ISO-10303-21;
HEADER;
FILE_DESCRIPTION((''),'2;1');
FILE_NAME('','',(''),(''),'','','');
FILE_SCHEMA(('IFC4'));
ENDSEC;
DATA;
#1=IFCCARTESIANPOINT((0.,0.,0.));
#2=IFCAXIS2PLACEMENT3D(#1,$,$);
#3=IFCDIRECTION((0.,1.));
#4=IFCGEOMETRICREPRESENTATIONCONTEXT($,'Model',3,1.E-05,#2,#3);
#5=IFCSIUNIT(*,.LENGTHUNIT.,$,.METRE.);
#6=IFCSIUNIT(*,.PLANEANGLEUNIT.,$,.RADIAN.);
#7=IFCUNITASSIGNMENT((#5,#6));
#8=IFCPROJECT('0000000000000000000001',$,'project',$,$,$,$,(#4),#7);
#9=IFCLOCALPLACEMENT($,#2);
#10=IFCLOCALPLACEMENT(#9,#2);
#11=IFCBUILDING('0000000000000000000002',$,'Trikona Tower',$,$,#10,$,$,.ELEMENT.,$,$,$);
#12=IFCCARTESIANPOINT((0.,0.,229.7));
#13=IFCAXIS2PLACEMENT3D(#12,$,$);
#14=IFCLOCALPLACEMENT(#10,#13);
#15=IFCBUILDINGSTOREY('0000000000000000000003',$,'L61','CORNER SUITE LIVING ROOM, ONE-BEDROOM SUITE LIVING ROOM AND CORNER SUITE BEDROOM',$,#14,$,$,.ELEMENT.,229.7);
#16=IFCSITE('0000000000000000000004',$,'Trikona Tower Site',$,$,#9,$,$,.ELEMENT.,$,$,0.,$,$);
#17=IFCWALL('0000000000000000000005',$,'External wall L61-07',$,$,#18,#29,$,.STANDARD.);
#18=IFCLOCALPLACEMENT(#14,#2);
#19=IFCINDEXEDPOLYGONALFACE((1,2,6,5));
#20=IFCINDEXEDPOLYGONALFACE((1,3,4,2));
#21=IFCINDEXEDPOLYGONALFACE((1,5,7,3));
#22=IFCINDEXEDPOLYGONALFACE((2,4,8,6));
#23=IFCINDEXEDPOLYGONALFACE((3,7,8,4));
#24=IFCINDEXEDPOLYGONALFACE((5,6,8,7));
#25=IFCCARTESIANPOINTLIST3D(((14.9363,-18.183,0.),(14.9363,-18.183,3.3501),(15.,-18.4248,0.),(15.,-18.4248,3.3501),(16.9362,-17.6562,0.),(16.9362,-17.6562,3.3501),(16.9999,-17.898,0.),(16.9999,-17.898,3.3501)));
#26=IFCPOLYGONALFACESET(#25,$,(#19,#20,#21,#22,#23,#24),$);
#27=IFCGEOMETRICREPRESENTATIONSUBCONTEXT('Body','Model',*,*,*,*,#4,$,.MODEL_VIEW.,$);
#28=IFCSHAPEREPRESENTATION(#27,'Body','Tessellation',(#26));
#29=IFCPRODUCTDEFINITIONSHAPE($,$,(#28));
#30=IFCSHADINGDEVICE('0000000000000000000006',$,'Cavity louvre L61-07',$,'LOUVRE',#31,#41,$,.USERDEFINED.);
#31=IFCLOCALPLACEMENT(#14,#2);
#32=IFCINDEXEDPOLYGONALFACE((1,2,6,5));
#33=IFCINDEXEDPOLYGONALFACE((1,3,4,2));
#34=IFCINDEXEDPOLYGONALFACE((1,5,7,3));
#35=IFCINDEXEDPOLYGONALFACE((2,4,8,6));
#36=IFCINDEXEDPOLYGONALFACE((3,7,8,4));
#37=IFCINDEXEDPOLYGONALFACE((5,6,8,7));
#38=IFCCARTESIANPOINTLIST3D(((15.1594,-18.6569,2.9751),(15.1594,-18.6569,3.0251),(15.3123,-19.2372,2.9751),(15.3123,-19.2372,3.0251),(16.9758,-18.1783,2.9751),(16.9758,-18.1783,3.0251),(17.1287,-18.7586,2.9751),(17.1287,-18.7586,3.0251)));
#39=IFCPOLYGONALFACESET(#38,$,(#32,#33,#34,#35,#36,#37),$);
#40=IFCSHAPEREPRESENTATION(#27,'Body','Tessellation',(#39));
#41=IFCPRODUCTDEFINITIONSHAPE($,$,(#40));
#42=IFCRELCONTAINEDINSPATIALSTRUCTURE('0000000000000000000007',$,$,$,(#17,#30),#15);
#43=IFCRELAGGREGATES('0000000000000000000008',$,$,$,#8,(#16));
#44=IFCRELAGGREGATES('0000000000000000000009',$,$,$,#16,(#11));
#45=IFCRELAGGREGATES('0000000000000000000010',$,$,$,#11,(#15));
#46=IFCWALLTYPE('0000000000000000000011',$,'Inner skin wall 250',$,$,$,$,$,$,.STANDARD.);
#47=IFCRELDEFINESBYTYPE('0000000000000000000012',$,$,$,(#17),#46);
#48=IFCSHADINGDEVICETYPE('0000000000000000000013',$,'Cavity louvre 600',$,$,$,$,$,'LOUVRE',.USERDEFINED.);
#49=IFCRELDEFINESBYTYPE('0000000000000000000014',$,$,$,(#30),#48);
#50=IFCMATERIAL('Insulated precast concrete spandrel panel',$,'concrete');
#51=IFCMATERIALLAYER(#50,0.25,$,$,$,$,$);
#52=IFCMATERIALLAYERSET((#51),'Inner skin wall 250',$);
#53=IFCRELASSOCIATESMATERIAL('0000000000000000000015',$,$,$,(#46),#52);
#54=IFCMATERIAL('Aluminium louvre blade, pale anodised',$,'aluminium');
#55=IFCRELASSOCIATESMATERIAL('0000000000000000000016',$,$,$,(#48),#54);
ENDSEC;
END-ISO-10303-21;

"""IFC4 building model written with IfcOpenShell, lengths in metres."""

from ifc_helpers import new_model, si_unit, direction, frame, frame_2d, origin, origin_2d, place, context, subcontext, project, spatial, rectangle, extrude, material, layer, layer_set, type_object, element, save


model = new_model("IFC4")

# Units and contexts
model_context = context("Model", 3, precision=1e-05, world=origin(), true_north=direction((0.0, 1.0)))
body_context = subcontext(model_context, "Body", "Model", "MODEL_VIEW")
ifc_project = project(units=[si_unit("LENGTHUNIT", "METRE"), si_unit("PLANEANGLEUNIT", "RADIAN")], contexts=[model_context])

# Site, building, storey
site_placement = place(None, origin())
site = spatial("IfcSite", under=ifc_project, at=site_placement, Name="Trikona Tower Site", CompositionType="ELEMENT", RefElevation=0.0)
building_placement = place(site_placement, origin())
building = spatial("IfcBuilding", under=site, at=building_placement, Name="Trikona Tower", CompositionType="ELEMENT")
storey_placement = place(building_placement, frame((0.0, 0.0, 229.7)))
storey = spatial("IfcBuildingStorey", under=building, at=storey_placement, Name="L61", Description="CORNER SUITE LIVING ROOM, ONE-BEDROOM SUITE LIVING ROOM AND CORNER SUITE BEDROOM", CompositionType="ELEMENT", Elevation=229.7)

# Wall
ifc_material_1 = material(Name="Insulated precast concrete spandrel panel", Category="concrete")
ifc_layer_1 = layer(ifc_material_1, 0.25)
ifc_layer_set_1 = layer_set([ifc_layer_1], Name="Inner skin wall 250")
wall_type_1 = type_object("IfcWallType", Name="Inner skin wall 250", PredefinedType="STANDARD", material=ifc_layer_set_1)
wall_1_placement = place(storey_placement, frame((14.968, -18.304, 0.0), z_axis=(0.0, 0.0, 1.0), x_axis=(0.96701, 0.254737, 0.0)))
element("IfcWall", 1, at=wall_1_placement, inside=storey, type_object=wall_type_1, Name="External wall L61-07", PredefinedType="STANDARD", context=body_context, shape_type="SweptSolid", body=[
    extrude(rectangle(XDim=2.0681, YDim=0.25, at=frame_2d((1.0342, 0.0))), origin(), (0.0, 0.0, 1.0), 3.3501),
])

# Shading device
ifc_material_2 = material(Name="Aluminium louvre blade, pale anodised", Category="aluminium")
shading_device_type = type_object("IfcShadingDeviceType", Name="Cavity louvre 600", ElementType="LOUVRE", PredefinedType="USERDEFINED", material=ifc_material_2)
shading_device_placement = place(storey_placement, frame((16.144, -18.7078, 2.9751), z_axis=(0.0, 0.0, 1.0), x_axis=(0.966993, 0.254803, 0.0)))
element("IfcShadingDevice", 2, at=shading_device_placement, inside=storey, type_object=shading_device_type, Name="Cavity louvre L61-07", ObjectType="LOUVRE", PredefinedType="USERDEFINED", context=body_context, shape_type="SweptSolid", body=[
    extrude(rectangle(XDim=1.8784, YDim=0.6001, at=origin_2d()), origin(), (0.0, 0.0, 1.0), 0.05),
])

save(model, "model.ifc")
